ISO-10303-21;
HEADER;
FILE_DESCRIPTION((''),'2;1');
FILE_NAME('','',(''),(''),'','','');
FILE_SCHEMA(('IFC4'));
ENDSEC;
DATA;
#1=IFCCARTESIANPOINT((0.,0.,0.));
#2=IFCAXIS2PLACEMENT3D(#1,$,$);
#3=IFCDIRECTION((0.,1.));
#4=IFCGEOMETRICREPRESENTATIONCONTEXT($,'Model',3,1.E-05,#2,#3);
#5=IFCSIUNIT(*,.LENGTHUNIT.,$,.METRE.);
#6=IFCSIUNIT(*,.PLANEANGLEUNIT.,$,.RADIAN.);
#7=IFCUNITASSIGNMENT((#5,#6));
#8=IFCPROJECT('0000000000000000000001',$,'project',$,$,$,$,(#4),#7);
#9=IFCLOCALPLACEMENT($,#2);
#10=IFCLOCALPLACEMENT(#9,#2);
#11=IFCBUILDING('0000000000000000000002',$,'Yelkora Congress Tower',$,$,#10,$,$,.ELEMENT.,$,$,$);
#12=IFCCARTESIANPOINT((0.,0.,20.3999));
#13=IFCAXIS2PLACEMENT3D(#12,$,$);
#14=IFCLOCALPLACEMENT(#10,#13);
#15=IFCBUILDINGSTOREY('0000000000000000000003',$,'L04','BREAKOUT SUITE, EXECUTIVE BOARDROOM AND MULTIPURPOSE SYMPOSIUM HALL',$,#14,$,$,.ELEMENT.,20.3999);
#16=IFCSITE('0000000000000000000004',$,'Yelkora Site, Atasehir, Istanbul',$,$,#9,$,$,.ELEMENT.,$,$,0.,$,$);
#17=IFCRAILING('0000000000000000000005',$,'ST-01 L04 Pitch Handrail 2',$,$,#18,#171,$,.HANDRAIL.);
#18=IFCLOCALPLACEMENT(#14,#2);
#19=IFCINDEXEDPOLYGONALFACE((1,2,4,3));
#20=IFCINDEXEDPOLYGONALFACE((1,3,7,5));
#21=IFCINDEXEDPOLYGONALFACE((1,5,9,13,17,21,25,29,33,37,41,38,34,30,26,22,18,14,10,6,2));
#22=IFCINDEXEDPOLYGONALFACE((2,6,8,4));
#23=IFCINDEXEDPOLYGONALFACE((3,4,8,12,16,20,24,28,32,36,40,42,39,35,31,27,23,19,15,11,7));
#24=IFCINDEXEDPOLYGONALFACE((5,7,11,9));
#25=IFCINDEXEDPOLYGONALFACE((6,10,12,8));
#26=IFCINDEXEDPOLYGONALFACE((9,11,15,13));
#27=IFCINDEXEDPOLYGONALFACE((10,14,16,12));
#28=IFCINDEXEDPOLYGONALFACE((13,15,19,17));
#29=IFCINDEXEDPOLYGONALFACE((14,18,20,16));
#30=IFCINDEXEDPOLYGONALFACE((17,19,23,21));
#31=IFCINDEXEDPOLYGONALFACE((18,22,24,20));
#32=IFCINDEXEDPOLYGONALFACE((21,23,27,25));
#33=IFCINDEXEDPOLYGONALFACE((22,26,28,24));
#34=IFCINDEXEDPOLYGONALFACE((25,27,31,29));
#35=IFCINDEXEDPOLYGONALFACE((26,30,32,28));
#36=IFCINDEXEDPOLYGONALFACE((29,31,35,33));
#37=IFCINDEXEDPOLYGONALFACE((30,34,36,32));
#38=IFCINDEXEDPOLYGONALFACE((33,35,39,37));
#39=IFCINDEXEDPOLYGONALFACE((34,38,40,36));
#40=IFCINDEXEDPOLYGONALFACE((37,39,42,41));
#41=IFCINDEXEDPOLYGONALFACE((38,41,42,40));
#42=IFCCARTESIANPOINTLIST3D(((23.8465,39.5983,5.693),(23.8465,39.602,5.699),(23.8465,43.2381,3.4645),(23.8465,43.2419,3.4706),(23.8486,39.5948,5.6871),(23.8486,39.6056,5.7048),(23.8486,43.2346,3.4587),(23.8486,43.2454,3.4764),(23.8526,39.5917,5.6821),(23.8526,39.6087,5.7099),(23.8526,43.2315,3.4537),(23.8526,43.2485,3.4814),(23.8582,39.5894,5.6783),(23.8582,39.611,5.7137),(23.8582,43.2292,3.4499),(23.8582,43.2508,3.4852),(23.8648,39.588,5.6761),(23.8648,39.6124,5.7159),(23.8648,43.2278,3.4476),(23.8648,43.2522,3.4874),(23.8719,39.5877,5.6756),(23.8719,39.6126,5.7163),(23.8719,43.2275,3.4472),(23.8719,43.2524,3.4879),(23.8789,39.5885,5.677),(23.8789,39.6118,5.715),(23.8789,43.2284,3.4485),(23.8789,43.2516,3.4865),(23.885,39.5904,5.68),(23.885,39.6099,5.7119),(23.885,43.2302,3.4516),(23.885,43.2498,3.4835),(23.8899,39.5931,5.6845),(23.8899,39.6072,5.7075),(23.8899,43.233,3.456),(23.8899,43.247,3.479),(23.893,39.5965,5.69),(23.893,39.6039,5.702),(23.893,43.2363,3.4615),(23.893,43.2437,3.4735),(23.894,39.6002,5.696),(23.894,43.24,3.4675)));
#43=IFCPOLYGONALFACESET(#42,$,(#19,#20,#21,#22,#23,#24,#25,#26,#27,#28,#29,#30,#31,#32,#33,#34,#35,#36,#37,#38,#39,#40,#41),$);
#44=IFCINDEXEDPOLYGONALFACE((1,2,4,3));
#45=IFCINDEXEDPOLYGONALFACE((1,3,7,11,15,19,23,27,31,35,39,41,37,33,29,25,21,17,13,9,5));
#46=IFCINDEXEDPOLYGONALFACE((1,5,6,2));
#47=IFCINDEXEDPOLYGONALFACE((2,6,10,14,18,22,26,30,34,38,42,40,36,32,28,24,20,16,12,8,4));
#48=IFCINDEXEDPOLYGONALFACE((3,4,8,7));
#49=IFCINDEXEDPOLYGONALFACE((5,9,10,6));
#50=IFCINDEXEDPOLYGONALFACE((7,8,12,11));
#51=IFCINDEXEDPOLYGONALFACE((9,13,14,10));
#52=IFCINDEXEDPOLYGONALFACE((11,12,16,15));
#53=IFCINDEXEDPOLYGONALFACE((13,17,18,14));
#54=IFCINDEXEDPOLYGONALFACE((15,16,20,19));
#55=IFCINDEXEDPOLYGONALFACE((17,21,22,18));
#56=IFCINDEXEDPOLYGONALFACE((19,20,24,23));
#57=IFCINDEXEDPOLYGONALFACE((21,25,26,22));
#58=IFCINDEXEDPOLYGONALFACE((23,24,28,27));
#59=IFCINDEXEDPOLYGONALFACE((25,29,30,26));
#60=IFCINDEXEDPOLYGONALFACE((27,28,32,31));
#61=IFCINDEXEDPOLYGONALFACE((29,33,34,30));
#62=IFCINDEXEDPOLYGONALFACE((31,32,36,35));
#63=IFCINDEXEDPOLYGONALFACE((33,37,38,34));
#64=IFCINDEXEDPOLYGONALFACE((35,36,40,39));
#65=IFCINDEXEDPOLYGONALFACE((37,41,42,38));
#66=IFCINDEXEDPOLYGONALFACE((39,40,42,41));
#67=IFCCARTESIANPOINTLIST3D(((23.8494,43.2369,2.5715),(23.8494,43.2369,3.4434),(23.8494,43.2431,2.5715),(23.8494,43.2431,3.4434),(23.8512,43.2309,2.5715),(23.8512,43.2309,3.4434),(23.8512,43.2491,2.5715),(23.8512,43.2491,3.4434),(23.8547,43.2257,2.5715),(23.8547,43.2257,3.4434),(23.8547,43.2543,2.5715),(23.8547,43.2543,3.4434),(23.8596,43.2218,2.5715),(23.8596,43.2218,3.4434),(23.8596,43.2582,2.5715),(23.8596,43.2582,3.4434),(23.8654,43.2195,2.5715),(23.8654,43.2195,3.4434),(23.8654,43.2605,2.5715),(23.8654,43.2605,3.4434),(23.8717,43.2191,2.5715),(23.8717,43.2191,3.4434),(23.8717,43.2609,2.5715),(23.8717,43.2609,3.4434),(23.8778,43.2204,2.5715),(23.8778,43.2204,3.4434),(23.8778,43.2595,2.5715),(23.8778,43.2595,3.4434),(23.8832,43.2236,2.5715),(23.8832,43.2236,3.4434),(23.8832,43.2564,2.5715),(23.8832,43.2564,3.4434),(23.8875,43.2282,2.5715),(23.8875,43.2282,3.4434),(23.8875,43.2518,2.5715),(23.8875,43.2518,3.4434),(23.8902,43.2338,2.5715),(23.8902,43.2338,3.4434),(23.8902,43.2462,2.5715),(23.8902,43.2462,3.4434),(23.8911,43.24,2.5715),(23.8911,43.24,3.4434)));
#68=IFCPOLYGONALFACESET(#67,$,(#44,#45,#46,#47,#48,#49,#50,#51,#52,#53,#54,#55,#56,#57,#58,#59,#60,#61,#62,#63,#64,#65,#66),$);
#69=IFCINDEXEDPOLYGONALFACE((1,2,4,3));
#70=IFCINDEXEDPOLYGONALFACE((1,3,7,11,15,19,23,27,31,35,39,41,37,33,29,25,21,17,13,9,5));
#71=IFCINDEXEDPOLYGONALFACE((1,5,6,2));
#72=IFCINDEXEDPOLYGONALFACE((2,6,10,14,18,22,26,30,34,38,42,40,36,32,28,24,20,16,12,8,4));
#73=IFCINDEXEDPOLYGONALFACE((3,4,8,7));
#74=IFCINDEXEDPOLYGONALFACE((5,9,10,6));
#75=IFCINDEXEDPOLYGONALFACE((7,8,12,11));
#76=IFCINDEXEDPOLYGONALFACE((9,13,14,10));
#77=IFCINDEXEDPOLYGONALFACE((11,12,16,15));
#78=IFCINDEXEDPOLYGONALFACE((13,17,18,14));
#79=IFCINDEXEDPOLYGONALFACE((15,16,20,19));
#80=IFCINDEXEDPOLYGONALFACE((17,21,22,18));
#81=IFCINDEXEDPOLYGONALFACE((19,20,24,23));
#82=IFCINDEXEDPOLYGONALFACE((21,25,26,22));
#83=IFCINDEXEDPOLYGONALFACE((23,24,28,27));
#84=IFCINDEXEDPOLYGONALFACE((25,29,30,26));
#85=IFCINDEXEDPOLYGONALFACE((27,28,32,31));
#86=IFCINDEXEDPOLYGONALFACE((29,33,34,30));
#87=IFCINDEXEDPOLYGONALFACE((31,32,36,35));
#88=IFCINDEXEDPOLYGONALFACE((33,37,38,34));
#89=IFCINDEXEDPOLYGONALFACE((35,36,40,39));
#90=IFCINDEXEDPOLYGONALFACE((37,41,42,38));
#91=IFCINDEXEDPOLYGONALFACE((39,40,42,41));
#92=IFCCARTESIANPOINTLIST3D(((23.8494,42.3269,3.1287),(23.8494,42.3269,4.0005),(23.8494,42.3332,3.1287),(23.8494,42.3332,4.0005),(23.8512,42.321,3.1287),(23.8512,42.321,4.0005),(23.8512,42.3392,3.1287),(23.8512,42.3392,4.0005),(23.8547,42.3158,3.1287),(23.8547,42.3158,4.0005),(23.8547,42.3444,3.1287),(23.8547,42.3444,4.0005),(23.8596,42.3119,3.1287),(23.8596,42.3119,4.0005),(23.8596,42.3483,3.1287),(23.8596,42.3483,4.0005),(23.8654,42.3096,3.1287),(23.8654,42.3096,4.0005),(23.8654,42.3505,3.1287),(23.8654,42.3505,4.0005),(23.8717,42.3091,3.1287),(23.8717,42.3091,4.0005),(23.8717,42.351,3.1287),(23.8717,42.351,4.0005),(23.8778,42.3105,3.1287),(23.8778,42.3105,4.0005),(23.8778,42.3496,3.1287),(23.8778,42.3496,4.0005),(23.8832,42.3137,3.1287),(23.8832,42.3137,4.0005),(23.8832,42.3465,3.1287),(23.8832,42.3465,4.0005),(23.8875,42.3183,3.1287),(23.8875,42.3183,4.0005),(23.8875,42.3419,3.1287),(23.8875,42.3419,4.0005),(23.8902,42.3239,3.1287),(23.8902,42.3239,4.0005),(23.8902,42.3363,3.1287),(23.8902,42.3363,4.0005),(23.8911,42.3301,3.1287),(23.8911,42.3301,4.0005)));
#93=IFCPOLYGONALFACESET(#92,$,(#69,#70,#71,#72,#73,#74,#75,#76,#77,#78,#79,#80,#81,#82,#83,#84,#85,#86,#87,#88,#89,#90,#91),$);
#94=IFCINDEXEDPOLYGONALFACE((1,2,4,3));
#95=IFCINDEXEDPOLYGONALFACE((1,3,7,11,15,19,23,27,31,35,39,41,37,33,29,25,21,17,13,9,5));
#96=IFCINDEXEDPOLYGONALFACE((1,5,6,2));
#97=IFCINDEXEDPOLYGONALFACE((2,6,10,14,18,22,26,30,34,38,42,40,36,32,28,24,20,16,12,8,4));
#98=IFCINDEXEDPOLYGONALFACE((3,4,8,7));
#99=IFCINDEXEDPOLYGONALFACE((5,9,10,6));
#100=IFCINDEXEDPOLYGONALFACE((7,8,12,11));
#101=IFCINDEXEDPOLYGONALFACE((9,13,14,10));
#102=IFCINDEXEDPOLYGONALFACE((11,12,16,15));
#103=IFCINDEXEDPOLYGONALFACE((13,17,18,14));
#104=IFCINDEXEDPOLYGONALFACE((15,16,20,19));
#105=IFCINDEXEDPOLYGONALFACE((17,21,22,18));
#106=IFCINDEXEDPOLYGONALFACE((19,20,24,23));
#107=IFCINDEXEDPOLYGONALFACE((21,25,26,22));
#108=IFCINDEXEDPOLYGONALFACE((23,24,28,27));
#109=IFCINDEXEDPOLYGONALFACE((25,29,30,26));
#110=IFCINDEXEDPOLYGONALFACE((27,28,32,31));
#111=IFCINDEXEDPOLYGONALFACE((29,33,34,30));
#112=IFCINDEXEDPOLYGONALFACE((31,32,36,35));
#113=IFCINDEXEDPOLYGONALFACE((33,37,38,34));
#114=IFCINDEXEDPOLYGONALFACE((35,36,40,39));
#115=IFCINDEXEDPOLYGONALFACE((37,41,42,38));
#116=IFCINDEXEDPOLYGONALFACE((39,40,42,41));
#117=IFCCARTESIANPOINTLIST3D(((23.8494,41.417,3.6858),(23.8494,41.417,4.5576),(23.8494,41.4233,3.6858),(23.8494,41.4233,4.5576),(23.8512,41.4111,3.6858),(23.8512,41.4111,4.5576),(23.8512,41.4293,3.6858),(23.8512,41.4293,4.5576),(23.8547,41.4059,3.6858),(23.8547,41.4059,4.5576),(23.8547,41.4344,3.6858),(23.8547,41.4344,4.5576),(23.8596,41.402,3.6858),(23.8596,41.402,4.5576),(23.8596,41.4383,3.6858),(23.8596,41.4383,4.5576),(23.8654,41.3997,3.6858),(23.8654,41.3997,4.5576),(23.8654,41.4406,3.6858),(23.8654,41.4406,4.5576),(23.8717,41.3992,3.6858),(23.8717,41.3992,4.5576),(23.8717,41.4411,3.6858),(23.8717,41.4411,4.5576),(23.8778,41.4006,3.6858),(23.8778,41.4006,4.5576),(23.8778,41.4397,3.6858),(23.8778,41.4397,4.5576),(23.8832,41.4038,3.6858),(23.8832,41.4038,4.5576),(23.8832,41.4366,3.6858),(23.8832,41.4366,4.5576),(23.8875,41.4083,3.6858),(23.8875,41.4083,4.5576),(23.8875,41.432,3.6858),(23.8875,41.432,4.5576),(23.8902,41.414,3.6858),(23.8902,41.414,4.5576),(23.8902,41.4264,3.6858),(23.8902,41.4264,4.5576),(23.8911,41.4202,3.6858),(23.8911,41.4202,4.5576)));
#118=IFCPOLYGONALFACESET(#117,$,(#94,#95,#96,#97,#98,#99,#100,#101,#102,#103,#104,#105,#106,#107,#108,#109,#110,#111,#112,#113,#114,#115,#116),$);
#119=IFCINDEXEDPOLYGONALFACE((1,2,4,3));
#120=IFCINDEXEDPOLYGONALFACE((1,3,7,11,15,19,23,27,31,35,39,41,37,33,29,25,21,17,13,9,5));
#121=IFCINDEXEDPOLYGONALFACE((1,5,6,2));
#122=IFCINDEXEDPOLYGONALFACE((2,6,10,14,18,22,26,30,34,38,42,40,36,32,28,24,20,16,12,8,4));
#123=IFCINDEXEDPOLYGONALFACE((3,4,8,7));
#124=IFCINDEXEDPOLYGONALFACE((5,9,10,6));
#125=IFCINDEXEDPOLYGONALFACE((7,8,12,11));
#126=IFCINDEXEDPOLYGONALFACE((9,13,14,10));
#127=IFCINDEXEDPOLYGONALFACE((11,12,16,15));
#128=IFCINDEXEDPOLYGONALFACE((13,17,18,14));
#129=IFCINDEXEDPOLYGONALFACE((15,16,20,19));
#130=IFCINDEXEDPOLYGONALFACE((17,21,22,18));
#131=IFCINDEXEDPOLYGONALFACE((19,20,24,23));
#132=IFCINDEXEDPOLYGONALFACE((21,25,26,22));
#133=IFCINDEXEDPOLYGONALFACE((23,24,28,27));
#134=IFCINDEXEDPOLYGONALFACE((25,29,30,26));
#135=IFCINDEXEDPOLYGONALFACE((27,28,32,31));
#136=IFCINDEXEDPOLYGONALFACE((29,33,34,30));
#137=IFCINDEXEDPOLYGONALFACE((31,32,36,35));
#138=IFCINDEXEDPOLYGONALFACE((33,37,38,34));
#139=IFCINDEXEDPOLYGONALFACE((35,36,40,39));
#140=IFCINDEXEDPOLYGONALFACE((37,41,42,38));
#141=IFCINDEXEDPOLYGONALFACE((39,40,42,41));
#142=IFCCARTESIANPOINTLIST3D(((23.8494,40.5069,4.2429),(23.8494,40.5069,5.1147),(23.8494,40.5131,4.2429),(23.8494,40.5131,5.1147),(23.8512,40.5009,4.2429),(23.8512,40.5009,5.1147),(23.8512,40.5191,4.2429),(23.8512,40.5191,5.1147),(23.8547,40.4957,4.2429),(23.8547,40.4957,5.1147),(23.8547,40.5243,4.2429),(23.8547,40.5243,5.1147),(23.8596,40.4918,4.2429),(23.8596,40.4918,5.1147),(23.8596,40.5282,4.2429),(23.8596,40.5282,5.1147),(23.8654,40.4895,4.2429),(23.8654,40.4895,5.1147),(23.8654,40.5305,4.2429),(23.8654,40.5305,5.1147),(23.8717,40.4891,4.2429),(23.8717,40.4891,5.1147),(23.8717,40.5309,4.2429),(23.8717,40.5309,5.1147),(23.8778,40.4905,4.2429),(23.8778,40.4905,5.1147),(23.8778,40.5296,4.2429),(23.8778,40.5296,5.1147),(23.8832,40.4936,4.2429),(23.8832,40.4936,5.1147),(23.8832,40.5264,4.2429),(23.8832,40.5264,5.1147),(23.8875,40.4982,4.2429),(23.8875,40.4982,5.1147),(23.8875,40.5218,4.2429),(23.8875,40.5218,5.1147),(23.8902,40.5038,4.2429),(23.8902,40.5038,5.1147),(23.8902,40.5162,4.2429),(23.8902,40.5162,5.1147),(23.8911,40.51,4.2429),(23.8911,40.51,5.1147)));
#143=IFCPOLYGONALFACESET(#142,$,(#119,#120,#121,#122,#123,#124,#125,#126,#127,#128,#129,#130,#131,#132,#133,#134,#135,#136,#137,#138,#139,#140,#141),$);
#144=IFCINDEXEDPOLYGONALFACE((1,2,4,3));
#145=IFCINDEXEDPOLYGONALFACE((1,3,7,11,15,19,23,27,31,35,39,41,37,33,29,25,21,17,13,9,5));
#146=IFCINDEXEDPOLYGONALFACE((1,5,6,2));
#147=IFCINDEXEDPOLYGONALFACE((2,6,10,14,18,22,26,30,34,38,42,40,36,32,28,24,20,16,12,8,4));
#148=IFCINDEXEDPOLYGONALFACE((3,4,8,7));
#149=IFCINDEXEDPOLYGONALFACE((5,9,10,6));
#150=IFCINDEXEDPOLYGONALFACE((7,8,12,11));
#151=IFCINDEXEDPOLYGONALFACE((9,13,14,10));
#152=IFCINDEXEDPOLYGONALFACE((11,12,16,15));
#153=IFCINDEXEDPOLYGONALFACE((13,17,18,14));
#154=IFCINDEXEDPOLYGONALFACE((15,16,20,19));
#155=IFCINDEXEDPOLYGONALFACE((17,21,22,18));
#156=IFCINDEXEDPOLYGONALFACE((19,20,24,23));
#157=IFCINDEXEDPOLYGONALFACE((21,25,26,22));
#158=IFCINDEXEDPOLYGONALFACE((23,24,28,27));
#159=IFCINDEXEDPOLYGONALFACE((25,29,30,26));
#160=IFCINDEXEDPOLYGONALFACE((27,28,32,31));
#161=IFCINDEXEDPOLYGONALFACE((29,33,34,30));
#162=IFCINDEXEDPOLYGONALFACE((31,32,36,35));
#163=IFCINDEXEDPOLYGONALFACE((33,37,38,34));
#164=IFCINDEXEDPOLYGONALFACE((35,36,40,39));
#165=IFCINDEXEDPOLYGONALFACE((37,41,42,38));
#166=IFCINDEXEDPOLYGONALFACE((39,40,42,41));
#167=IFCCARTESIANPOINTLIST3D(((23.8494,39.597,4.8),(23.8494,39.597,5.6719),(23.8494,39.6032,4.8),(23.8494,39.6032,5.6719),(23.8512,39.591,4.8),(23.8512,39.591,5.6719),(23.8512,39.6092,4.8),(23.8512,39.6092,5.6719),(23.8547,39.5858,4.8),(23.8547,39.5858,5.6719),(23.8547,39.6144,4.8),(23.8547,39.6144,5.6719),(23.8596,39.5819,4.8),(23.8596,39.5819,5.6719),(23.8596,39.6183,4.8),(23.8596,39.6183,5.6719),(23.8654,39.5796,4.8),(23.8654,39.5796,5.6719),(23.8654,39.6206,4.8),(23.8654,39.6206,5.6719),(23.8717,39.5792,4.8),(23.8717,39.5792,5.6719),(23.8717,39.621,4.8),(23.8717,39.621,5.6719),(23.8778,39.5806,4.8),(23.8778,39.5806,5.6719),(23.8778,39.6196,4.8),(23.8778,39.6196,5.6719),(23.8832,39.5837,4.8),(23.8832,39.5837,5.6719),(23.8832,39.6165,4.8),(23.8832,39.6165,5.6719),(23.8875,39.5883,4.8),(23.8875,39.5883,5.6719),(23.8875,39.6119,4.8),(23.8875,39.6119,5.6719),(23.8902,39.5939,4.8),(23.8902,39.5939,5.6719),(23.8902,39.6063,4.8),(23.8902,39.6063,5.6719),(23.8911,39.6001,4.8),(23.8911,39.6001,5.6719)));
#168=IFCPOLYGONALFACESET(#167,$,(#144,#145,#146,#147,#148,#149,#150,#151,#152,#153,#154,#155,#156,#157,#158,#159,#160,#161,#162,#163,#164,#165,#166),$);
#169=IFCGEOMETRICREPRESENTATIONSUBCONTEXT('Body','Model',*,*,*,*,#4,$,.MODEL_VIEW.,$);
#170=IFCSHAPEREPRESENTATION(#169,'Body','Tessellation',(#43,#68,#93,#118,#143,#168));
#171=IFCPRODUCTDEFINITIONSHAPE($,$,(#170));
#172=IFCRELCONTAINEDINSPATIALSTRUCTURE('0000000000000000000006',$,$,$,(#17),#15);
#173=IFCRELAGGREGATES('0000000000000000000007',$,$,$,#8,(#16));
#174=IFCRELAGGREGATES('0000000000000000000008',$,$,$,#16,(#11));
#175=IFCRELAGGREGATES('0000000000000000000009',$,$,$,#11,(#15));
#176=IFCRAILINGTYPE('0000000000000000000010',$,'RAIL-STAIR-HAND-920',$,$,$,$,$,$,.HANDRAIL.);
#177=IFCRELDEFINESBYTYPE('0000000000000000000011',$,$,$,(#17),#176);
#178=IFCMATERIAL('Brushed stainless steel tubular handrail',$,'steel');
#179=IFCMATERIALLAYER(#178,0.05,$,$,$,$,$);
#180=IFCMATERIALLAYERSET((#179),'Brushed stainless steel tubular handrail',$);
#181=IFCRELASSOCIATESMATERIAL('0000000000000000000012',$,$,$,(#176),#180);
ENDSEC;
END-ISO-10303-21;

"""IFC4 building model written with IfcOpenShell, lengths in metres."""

from ifc_helpers import new_model, si_unit, direction, frame, origin, origin_2d, place, context, subcontext, project, spatial, circle, extrude, material, layer, layer_set, type_object, element, save


model = new_model("IFC4")

# Units and contexts
model_context = context("Model", 3, precision=1e-05, world=origin(), true_north=direction((0.0, 1.0)))
body_context = subcontext(model_context, "Body", "Model", "MODEL_VIEW")
ifc_project = project(units=[si_unit("LENGTHUNIT", "METRE"), si_unit("PLANEANGLEUNIT", "RADIAN")], contexts=[model_context])

# Site, building, storey
site_placement = place(None, origin())
site = spatial("IfcSite", under=ifc_project, at=site_placement, Name="Yelkora Site, Atasehir, Istanbul", CompositionType="ELEMENT", RefElevation=0.0)
building_placement = place(site_placement, origin())
building = spatial("IfcBuilding", under=site, at=building_placement, Name="Yelkora Congress Tower", CompositionType="ELEMENT")
storey_placement = place(building_placement, frame((0.0, 0.0, 20.3999)))
storey = spatial("IfcBuildingStorey", under=building, at=storey_placement, Name="L04", Description="BREAKOUT SUITE, EXECUTIVE BOARDROOM AND MULTIPURPOSE SYMPOSIUM HALL", CompositionType="ELEMENT", Elevation=20.3999)

# Railing
ifc_material_1 = material(Name="Brushed stainless steel tubular handrail", Category="steel")
ifc_layer_1 = layer(ifc_material_1, 0.05)
ifc_layer_set_1 = layer_set([ifc_layer_1], Name="Brushed stainless steel tubular handrail")
railing_type_1 = type_object("IfcRailingType", Name="RAIL-STAIR-HAND-920", PredefinedType="HANDRAIL", material=ifc_layer_set_1)
railing_1_placement = place(storey_placement, frame((23.8701, 43.24, 2.5715)))
element("IfcRailing", 1, at=railing_1_placement, inside=storey, type_object=railing_type_1, Name="ST-01 L04 Pitch Handrail 2", PredefinedType="HANDRAIL", context=body_context, shape_type="SweptSolid", body=[
    extrude(circle(Radius=0.0239, at=origin_2d()), frame((0.0, 0.0, 0.896), z_axis=(0.0, -0.85285, 0.522156), x_axis=(1.0, 0.0, 0.0)), (0.0, 0.0, 1.0), 4.2678),
    extrude(circle(Radius=0.021, at=origin_2d()), origin(), (0.0, 0.0, 1.0), 0.8718),
    extrude(circle(Radius=0.021, at=origin_2d()), frame((0.0, -0.9099, 0.5571)), (0.0, 0.0, 1.0), 0.8718),
    extrude(circle(Radius=0.021, at=origin_2d()), frame((0.0, -1.8198, 1.1143)), (0.0, 0.0, 1.0), 0.8718),
    extrude(circle(Radius=0.021, at=origin_2d()), frame((0.0, -2.73, 1.6714)), (0.0, 0.0, 1.0), 0.8718),
    extrude(circle(Radius=0.021, at=origin_2d()), frame((0.0, -3.6399, 2.2285)), (0.0, 0.0, 1.0), 0.8718),
])

save(model, "model.ifc")
